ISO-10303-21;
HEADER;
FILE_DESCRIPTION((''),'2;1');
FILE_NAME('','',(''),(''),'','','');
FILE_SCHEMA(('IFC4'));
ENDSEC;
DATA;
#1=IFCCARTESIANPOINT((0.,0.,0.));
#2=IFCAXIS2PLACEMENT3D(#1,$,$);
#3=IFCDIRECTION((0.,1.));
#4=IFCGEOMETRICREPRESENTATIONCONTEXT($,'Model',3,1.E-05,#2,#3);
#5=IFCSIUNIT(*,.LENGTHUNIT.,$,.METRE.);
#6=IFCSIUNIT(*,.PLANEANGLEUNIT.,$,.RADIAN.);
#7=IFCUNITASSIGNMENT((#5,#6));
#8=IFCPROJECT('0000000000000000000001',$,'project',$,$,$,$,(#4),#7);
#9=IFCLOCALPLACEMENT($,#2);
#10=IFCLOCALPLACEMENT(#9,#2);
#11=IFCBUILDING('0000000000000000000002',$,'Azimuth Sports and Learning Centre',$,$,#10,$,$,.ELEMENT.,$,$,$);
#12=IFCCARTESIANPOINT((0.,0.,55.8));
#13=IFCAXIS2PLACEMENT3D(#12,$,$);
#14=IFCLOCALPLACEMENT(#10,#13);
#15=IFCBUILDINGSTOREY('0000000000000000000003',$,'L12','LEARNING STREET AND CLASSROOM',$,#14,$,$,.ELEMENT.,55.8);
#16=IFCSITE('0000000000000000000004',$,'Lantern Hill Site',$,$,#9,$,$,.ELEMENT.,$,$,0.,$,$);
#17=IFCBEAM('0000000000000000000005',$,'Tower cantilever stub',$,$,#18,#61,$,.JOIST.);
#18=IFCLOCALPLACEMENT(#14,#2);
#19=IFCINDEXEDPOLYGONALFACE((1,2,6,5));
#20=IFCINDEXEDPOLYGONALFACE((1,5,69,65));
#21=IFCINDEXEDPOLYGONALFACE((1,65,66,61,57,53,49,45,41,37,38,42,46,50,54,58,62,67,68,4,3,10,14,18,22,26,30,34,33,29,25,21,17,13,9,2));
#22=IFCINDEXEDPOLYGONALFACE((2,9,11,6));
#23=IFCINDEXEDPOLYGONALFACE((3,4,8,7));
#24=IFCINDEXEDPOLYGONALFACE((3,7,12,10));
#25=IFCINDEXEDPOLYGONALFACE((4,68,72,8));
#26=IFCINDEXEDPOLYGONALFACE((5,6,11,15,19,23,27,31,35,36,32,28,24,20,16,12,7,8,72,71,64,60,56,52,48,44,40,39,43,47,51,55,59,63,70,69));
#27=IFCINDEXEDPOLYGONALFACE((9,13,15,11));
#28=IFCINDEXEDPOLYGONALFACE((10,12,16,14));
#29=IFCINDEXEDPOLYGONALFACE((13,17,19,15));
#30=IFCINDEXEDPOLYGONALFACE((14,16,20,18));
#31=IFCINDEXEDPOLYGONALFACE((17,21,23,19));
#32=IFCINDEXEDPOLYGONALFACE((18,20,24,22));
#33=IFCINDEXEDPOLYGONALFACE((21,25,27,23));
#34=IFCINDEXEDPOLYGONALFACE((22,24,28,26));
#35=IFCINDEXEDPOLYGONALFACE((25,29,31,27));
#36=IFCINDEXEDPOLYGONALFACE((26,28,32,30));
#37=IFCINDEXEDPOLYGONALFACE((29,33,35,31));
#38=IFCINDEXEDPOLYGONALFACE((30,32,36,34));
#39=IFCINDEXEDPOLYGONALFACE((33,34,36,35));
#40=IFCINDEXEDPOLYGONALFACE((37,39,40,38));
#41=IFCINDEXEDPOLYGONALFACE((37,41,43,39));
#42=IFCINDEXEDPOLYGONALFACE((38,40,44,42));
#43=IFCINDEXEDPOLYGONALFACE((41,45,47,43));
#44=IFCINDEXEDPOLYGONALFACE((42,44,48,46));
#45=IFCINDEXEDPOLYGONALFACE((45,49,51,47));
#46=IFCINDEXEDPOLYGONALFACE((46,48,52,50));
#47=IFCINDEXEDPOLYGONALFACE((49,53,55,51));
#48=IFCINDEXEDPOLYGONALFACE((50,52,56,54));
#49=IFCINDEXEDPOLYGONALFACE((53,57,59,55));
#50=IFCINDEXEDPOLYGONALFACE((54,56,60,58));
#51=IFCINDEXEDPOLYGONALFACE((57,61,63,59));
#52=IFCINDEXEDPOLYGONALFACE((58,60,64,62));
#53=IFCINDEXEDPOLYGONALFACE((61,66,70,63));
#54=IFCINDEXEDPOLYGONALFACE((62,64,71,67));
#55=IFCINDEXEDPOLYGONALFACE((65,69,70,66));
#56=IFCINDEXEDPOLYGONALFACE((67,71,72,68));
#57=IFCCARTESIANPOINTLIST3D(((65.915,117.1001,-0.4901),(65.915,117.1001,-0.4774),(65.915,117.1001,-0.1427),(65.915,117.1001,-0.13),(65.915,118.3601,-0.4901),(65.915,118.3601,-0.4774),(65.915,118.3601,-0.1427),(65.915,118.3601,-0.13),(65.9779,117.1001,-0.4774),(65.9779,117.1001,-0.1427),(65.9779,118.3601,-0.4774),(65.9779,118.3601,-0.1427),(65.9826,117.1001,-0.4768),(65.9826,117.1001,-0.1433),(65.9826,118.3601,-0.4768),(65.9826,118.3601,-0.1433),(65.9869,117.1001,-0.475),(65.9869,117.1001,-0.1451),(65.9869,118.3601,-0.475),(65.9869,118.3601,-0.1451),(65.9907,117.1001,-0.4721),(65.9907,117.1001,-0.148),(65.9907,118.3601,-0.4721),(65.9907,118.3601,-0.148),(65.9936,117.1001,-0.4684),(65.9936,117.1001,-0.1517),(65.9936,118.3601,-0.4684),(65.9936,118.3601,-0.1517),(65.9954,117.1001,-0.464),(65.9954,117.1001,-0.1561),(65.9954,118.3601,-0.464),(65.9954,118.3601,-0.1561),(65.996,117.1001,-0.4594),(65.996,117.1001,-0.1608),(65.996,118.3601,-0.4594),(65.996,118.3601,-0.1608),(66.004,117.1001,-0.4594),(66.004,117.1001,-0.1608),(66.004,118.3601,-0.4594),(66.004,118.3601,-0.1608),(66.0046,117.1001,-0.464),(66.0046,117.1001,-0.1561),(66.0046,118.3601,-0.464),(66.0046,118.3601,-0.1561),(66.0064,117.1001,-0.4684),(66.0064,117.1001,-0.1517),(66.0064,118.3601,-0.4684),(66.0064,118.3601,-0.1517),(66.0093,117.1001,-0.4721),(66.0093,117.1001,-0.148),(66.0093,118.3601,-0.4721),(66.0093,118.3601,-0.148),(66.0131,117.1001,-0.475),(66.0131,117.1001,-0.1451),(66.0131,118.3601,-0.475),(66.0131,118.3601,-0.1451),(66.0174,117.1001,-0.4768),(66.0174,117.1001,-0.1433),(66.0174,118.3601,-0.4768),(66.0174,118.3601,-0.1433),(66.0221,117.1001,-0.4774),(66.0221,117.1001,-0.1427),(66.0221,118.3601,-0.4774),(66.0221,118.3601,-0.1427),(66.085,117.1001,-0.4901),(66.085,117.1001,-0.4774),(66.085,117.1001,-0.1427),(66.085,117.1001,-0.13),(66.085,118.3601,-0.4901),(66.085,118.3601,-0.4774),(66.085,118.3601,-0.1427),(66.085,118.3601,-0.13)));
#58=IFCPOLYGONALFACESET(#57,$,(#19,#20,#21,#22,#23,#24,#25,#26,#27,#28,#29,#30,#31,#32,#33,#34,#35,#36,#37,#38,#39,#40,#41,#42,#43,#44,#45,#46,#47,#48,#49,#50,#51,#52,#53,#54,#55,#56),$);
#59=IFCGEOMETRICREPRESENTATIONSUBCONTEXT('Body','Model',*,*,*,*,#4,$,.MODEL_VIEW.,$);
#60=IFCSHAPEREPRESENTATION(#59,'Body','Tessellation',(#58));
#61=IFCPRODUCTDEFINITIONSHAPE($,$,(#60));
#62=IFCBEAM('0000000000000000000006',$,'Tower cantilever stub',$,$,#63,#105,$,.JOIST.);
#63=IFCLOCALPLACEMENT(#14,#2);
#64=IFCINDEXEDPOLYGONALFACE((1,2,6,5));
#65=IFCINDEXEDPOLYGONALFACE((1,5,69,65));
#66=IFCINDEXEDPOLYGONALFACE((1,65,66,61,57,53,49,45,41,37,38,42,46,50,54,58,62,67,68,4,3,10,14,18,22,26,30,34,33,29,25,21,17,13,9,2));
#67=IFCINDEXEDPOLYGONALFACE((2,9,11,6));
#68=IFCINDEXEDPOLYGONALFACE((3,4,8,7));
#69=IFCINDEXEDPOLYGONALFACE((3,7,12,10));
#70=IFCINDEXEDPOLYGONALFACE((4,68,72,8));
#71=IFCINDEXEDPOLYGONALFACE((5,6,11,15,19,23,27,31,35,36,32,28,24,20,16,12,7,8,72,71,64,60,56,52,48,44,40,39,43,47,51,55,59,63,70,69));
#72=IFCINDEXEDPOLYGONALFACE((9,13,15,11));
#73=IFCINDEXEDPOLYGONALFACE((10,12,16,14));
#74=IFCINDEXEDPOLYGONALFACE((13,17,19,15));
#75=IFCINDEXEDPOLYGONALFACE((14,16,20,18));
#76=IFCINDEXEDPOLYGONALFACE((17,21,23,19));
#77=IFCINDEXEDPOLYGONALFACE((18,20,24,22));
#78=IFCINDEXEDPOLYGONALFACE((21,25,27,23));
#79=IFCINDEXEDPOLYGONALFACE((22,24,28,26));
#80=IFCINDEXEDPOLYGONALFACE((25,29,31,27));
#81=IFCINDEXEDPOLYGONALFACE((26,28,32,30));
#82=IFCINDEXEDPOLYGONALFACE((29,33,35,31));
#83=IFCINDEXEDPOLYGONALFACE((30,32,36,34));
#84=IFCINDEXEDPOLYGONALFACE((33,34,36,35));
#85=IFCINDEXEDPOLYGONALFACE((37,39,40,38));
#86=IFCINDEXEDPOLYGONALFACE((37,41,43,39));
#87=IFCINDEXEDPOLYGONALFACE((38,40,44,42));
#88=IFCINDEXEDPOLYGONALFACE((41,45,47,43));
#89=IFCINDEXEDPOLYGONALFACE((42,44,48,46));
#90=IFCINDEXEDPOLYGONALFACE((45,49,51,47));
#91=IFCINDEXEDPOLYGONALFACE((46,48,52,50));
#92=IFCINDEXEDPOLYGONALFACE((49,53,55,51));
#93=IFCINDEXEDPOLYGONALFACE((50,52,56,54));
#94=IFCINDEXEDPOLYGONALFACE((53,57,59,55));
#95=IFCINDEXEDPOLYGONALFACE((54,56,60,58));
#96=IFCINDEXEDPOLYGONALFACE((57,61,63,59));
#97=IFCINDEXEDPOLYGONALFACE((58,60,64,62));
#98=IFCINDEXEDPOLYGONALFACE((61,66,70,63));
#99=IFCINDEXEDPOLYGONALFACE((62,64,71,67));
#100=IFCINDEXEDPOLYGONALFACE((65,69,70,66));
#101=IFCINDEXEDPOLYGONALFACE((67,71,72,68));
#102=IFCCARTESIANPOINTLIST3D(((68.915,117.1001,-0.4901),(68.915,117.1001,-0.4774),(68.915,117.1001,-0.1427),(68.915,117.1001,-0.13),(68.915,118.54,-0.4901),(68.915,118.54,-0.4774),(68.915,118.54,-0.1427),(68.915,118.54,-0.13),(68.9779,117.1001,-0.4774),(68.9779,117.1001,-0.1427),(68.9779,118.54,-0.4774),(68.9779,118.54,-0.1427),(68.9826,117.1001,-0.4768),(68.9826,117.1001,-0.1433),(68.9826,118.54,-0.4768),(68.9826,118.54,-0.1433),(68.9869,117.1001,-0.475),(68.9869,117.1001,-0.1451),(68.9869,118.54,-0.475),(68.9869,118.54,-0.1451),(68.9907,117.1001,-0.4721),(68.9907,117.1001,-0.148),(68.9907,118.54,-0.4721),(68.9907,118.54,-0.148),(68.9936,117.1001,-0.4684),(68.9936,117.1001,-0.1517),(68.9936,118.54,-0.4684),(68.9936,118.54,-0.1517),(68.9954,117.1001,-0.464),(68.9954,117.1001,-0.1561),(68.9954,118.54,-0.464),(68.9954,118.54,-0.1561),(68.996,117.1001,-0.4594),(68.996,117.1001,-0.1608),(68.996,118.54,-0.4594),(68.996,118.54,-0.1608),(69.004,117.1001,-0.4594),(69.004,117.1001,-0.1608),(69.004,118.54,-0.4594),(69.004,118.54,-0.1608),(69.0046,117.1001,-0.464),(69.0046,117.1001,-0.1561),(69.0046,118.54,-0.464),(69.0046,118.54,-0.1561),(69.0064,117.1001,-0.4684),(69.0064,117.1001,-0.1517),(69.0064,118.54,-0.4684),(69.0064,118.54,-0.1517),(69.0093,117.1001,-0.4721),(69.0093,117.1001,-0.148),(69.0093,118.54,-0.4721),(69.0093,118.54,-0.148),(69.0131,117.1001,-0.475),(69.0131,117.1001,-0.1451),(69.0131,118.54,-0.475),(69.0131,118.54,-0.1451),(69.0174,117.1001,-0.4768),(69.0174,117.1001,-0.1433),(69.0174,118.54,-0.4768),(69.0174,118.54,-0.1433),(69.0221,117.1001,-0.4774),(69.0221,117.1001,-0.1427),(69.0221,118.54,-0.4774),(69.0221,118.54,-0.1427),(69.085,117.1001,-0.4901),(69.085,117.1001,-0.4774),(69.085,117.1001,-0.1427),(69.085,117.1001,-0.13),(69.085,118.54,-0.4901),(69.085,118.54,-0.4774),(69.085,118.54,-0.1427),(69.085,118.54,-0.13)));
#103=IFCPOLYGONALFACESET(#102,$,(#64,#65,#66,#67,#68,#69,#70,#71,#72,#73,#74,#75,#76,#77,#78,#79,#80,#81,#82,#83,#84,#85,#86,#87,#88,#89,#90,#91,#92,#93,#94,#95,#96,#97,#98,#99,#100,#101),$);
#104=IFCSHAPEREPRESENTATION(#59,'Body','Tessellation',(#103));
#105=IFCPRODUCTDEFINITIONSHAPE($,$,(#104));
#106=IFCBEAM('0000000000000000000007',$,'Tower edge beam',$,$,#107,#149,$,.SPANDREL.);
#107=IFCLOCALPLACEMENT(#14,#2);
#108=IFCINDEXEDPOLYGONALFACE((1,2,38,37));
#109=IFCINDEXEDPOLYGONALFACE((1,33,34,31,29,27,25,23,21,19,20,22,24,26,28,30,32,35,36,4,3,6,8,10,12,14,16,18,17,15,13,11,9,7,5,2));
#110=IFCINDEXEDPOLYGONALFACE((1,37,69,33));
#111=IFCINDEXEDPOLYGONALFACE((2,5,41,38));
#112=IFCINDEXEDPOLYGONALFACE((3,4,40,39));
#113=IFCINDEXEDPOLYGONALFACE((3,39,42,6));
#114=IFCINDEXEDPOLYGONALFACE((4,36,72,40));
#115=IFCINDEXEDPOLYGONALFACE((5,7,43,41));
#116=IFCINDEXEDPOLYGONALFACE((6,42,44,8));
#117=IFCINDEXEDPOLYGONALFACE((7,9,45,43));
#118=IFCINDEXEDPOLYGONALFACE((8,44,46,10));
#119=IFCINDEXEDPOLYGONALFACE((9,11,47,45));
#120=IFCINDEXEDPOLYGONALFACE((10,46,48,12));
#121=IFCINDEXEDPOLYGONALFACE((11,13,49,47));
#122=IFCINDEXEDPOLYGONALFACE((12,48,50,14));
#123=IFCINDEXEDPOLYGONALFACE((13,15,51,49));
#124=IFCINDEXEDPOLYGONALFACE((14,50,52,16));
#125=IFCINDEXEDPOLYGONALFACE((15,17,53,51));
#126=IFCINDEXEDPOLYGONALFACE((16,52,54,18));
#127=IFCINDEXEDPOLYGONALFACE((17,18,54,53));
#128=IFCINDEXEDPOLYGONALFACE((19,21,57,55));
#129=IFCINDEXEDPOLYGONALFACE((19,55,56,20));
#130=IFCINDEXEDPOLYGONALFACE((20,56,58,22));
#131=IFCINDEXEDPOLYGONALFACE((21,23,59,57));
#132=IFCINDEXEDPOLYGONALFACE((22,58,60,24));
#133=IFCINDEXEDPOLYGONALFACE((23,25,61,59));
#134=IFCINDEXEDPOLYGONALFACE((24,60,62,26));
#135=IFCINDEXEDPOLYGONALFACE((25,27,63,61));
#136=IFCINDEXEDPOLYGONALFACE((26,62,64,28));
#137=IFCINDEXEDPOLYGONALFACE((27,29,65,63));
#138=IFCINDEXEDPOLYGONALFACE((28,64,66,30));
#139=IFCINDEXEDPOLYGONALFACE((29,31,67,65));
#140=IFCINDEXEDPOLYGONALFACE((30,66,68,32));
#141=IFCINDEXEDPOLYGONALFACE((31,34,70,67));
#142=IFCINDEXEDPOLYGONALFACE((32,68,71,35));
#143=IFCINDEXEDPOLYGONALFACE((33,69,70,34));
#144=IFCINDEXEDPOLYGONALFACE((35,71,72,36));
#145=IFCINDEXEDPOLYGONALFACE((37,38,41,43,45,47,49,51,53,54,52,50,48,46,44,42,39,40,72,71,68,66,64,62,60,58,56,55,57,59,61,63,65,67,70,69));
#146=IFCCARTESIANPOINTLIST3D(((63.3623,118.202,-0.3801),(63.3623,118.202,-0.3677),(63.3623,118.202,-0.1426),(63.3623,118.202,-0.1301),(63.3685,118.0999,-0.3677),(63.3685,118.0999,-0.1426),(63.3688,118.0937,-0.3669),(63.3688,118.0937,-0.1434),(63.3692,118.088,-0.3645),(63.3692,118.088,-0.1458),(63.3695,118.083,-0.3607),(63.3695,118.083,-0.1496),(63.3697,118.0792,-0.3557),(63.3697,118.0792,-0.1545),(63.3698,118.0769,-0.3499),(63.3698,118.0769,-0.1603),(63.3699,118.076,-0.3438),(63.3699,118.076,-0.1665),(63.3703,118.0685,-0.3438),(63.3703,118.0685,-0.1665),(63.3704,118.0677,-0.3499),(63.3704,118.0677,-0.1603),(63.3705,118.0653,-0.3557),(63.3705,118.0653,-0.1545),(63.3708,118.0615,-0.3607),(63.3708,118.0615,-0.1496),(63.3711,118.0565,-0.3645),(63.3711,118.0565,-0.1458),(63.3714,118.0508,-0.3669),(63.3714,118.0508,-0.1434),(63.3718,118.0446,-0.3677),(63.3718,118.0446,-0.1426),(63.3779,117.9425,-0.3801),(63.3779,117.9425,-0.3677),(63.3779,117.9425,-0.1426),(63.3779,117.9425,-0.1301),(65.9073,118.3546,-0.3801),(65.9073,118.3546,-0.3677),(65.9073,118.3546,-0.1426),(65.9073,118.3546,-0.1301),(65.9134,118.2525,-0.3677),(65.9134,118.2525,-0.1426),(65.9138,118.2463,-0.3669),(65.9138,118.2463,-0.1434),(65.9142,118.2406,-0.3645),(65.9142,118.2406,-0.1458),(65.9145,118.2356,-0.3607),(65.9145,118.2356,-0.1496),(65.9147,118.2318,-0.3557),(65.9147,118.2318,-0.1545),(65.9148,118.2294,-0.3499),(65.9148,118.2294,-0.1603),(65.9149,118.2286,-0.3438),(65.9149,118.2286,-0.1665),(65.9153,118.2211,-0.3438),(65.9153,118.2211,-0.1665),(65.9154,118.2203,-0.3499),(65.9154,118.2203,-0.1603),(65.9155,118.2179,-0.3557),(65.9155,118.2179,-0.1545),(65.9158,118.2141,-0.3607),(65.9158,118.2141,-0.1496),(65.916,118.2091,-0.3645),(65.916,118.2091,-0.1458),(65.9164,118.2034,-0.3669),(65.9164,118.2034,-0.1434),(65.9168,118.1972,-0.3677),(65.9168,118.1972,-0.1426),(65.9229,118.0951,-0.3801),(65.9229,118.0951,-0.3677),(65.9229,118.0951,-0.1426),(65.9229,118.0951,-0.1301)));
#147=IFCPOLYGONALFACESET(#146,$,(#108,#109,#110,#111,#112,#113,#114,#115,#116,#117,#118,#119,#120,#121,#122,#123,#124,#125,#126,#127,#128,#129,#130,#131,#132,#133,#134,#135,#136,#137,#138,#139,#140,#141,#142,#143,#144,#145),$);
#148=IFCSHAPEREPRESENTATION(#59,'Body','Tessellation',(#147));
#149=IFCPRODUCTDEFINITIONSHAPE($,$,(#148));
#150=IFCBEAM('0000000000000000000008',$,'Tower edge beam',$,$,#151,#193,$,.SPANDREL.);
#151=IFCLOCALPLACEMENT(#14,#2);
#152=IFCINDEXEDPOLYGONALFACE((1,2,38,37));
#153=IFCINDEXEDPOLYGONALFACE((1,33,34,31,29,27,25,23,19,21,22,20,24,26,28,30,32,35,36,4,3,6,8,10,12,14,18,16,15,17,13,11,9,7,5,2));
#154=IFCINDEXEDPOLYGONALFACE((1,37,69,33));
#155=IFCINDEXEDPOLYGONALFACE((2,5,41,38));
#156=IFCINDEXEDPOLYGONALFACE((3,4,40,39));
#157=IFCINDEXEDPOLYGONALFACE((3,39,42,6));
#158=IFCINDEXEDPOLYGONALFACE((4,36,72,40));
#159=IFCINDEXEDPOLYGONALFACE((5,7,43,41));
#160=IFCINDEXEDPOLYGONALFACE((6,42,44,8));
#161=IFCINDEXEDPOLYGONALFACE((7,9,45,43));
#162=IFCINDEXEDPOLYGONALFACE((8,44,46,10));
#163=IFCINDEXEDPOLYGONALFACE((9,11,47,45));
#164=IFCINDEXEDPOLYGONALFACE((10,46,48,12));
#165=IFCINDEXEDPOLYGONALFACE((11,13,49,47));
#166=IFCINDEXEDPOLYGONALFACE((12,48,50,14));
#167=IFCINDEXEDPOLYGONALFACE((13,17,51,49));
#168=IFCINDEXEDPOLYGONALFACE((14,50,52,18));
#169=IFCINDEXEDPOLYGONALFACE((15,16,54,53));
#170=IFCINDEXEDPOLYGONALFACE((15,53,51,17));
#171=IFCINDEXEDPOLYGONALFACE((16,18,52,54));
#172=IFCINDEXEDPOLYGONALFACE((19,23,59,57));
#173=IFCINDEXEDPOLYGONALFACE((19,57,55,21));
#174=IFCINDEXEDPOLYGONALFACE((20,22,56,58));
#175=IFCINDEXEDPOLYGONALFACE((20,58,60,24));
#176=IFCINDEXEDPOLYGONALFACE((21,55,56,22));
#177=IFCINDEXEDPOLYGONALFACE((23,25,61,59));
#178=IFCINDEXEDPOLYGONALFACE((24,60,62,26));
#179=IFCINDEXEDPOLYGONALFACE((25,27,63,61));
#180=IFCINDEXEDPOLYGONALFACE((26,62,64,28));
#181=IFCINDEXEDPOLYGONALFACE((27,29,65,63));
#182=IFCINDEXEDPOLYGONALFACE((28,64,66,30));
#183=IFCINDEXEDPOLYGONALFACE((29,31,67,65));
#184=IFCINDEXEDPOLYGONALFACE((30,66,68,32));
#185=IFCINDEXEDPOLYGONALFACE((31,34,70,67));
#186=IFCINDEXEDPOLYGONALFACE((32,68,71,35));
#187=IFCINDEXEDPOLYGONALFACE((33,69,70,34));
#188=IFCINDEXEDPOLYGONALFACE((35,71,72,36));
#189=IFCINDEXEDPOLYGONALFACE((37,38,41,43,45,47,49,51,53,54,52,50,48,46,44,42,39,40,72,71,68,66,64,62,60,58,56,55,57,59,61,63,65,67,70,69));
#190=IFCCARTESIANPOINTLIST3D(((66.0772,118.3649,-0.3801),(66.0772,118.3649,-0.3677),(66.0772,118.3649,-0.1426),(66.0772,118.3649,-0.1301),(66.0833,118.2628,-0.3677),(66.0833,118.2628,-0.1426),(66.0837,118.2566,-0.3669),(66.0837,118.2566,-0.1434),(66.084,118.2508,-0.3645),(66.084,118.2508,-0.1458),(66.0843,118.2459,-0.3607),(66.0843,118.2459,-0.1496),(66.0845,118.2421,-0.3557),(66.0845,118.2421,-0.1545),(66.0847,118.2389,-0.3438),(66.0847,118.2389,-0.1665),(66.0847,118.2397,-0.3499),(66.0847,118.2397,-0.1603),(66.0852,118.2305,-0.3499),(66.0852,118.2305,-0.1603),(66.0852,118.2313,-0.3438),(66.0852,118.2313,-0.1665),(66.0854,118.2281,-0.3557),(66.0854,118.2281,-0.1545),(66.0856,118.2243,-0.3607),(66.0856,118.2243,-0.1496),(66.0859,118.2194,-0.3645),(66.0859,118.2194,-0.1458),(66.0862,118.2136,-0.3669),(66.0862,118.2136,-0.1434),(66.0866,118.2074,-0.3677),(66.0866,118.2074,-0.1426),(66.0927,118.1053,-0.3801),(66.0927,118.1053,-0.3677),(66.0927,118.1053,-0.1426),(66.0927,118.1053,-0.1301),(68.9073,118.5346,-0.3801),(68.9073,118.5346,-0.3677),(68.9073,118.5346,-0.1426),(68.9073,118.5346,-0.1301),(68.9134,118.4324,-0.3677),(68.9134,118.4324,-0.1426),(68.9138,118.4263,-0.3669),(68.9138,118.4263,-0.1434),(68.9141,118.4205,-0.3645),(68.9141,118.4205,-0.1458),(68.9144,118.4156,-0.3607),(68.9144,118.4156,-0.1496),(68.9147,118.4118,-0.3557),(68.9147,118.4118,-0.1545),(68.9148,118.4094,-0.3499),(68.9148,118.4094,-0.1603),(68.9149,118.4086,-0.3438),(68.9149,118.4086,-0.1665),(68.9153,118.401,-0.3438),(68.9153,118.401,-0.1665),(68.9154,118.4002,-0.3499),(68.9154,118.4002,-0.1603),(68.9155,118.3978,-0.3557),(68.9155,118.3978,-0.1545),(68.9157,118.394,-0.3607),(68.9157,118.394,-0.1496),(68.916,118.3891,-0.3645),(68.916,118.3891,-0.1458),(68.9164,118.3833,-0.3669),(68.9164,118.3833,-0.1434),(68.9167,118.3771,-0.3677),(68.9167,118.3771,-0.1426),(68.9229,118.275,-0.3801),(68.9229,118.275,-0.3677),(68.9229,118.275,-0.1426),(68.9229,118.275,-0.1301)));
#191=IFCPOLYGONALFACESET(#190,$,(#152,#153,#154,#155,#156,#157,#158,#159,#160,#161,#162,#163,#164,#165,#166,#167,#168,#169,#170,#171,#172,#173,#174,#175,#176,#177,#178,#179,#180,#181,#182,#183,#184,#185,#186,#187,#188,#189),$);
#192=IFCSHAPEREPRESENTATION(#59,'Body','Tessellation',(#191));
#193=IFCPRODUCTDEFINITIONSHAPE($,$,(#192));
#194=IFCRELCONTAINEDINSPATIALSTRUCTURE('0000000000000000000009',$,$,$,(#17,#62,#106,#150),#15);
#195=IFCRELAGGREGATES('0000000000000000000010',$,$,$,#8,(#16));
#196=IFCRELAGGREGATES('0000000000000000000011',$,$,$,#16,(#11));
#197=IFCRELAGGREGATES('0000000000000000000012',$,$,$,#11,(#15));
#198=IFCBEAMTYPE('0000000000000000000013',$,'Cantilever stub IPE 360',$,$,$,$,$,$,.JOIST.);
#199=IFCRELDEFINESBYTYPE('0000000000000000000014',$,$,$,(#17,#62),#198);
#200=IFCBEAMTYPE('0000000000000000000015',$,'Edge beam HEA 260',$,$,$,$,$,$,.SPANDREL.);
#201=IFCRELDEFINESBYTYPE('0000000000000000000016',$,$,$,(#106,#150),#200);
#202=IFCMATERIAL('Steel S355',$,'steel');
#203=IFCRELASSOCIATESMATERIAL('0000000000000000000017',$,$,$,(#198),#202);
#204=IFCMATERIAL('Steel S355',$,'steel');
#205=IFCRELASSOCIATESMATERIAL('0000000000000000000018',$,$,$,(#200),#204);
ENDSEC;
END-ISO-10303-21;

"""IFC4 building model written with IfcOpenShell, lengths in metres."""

from ifc_helpers import new_model, si_unit, direction, frame, origin, origin_2d, place, context, subcontext, project, spatial, i_section, extrude, material, material_profile, profile_set, type_object, element, save


model = new_model("IFC4")

# Units and contexts
model_context = context("Model", 3, precision=1e-05, world=origin(), true_north=direction((0.0, 1.0)))
body_context = subcontext(model_context, "Body", "Model", "MODEL_VIEW")
ifc_project = project(units=[si_unit("LENGTHUNIT", "METRE"), si_unit("PLANEANGLEUNIT", "RADIAN")], contexts=[model_context])

# Site, building, storey
site_placement = place(None, origin())
site = spatial("IfcSite", under=ifc_project, at=site_placement, Name="Lantern Hill Site", CompositionType="ELEMENT", RefElevation=0.0)
building_placement = place(site_placement, origin())
building = spatial("IfcBuilding", under=site, at=building_placement, Name="Azimuth Sports and Learning Centre", CompositionType="ELEMENT")
storey_placement = place(building_placement, frame((0.0, 0.0, 55.8)))
storey = spatial("IfcBuildingStorey", under=building, at=storey_placement, Name="L12", Description="LEARNING STREET AND CLASSROOM", CompositionType="ELEMENT", Elevation=55.8)

# Beams
ifc_material_1 = material(Name="Steel S355", Category="steel")
ifc_material_profile_1 = material_profile(ifc_material_1, i_section(OverallWidth=0.1699, OverallDepth=0.3601, WebThickness=0.0081, FlangeThickness=0.0127, FilletRadius=0.0181, at=origin_2d()), Name="IPE 360")
ifc_profile_set_1 = profile_set([ifc_material_profile_1], Name="Steel S355")
beam_type_1 = type_object("IfcBeamType", Name="Cantilever stub IPE 360", PredefinedType="JOIST", material=ifc_profile_set_1)
beam_1_placement = place(storey_placement, frame((66.0, 117.1001, -0.3101), z_axis=(0.0, 1.0, 0.0), x_axis=(-1.0, 0.0, 0.0)))
element("IfcBeam", 1, at=beam_1_placement, inside=storey, type_object=beam_type_1, Name="Tower cantilever stub", PredefinedType="JOIST", context=body_context, shape_type="SweptSolid", body=[
    extrude(i_section(OverallWidth=0.1699, OverallDepth=0.3601, WebThickness=0.0081, FlangeThickness=0.0127, FilletRadius=0.0181, at=origin_2d()), origin(), (0.0, 0.0, 1.0), 1.26),
])
beam_2_placement = place(storey_placement, frame((69.0, 117.1001, -0.3101), z_axis=(0.0, 1.0, 0.0), x_axis=(-1.0, 0.0, 0.0)))
element("IfcBeam", 2, at=beam_2_placement, inside=storey, type_object=beam_type_1, Name="Tower cantilever stub", PredefinedType="JOIST", context=body_context, shape_type="SweptSolid", body=[
    extrude(i_section(OverallWidth=0.1699, OverallDepth=0.3601, WebThickness=0.0081, FlangeThickness=0.0127, FilletRadius=0.0181, at=origin_2d()), origin(), (0.0, 0.0, 1.0), 1.4399),
])
ifc_material_2 = material(Name="Steel S355", Category="steel")
ifc_material_profile_2 = material_profile(ifc_material_2, i_section(OverallWidth=0.26, OverallDepth=0.25, WebThickness=0.0076, FlangeThickness=0.0125, FilletRadius=0.0239, at=origin_2d()), Name="HEA 260")
ifc_profile_set_2 = profile_set([ifc_material_profile_2], Name="Steel S355")
beam_type_2 = type_object("IfcBeamType", Name="Edge beam HEA 260", PredefinedType="SPANDREL", material=ifc_profile_set_2)
beam_3_placement = place(storey_placement, frame((63.3701, 118.0723, -0.2551), z_axis=(0.998207, 0.05985, 0.0), x_axis=(-0.05985, 0.998207, 0.0)))
element("IfcBeam", 3, at=beam_3_placement, inside=storey, type_object=beam_type_2, Name="Tower edge beam", PredefinedType="SPANDREL", context=body_context, shape_type="SweptSolid", body=[
    extrude(i_section(OverallWidth=0.26, OverallDepth=0.25, WebThickness=0.0076, FlangeThickness=0.0125, FilletRadius=0.0239, at=origin_2d()), origin(), (0.0, 0.0, 1.0), 2.5496),
])
for number, where, z_axis, x_axis, name in (
    (4, (66.085, 118.2351, -0.2551), (0.998208, 0.059848, 0.0), (-0.059848, 0.998208, 0.0), "Tower edge beam"),
):
    element("IfcBeam", number, at=place(storey_placement, frame(where, z_axis=z_axis, x_axis=x_axis)), inside=storey, type_object=beam_type_2, Name=name, PredefinedType="SPANDREL", context=body_context, shape_type="SweptSolid", body=[
        extrude(i_section(OverallWidth=0.26, OverallDepth=0.25, WebThickness=0.0076, FlangeThickness=0.0125, FilletRadius=0.0239, at=origin_2d()), origin(), (0.0, 0.0, 1.0), 2.8352),
    ])

save(model, "model.ifc")
